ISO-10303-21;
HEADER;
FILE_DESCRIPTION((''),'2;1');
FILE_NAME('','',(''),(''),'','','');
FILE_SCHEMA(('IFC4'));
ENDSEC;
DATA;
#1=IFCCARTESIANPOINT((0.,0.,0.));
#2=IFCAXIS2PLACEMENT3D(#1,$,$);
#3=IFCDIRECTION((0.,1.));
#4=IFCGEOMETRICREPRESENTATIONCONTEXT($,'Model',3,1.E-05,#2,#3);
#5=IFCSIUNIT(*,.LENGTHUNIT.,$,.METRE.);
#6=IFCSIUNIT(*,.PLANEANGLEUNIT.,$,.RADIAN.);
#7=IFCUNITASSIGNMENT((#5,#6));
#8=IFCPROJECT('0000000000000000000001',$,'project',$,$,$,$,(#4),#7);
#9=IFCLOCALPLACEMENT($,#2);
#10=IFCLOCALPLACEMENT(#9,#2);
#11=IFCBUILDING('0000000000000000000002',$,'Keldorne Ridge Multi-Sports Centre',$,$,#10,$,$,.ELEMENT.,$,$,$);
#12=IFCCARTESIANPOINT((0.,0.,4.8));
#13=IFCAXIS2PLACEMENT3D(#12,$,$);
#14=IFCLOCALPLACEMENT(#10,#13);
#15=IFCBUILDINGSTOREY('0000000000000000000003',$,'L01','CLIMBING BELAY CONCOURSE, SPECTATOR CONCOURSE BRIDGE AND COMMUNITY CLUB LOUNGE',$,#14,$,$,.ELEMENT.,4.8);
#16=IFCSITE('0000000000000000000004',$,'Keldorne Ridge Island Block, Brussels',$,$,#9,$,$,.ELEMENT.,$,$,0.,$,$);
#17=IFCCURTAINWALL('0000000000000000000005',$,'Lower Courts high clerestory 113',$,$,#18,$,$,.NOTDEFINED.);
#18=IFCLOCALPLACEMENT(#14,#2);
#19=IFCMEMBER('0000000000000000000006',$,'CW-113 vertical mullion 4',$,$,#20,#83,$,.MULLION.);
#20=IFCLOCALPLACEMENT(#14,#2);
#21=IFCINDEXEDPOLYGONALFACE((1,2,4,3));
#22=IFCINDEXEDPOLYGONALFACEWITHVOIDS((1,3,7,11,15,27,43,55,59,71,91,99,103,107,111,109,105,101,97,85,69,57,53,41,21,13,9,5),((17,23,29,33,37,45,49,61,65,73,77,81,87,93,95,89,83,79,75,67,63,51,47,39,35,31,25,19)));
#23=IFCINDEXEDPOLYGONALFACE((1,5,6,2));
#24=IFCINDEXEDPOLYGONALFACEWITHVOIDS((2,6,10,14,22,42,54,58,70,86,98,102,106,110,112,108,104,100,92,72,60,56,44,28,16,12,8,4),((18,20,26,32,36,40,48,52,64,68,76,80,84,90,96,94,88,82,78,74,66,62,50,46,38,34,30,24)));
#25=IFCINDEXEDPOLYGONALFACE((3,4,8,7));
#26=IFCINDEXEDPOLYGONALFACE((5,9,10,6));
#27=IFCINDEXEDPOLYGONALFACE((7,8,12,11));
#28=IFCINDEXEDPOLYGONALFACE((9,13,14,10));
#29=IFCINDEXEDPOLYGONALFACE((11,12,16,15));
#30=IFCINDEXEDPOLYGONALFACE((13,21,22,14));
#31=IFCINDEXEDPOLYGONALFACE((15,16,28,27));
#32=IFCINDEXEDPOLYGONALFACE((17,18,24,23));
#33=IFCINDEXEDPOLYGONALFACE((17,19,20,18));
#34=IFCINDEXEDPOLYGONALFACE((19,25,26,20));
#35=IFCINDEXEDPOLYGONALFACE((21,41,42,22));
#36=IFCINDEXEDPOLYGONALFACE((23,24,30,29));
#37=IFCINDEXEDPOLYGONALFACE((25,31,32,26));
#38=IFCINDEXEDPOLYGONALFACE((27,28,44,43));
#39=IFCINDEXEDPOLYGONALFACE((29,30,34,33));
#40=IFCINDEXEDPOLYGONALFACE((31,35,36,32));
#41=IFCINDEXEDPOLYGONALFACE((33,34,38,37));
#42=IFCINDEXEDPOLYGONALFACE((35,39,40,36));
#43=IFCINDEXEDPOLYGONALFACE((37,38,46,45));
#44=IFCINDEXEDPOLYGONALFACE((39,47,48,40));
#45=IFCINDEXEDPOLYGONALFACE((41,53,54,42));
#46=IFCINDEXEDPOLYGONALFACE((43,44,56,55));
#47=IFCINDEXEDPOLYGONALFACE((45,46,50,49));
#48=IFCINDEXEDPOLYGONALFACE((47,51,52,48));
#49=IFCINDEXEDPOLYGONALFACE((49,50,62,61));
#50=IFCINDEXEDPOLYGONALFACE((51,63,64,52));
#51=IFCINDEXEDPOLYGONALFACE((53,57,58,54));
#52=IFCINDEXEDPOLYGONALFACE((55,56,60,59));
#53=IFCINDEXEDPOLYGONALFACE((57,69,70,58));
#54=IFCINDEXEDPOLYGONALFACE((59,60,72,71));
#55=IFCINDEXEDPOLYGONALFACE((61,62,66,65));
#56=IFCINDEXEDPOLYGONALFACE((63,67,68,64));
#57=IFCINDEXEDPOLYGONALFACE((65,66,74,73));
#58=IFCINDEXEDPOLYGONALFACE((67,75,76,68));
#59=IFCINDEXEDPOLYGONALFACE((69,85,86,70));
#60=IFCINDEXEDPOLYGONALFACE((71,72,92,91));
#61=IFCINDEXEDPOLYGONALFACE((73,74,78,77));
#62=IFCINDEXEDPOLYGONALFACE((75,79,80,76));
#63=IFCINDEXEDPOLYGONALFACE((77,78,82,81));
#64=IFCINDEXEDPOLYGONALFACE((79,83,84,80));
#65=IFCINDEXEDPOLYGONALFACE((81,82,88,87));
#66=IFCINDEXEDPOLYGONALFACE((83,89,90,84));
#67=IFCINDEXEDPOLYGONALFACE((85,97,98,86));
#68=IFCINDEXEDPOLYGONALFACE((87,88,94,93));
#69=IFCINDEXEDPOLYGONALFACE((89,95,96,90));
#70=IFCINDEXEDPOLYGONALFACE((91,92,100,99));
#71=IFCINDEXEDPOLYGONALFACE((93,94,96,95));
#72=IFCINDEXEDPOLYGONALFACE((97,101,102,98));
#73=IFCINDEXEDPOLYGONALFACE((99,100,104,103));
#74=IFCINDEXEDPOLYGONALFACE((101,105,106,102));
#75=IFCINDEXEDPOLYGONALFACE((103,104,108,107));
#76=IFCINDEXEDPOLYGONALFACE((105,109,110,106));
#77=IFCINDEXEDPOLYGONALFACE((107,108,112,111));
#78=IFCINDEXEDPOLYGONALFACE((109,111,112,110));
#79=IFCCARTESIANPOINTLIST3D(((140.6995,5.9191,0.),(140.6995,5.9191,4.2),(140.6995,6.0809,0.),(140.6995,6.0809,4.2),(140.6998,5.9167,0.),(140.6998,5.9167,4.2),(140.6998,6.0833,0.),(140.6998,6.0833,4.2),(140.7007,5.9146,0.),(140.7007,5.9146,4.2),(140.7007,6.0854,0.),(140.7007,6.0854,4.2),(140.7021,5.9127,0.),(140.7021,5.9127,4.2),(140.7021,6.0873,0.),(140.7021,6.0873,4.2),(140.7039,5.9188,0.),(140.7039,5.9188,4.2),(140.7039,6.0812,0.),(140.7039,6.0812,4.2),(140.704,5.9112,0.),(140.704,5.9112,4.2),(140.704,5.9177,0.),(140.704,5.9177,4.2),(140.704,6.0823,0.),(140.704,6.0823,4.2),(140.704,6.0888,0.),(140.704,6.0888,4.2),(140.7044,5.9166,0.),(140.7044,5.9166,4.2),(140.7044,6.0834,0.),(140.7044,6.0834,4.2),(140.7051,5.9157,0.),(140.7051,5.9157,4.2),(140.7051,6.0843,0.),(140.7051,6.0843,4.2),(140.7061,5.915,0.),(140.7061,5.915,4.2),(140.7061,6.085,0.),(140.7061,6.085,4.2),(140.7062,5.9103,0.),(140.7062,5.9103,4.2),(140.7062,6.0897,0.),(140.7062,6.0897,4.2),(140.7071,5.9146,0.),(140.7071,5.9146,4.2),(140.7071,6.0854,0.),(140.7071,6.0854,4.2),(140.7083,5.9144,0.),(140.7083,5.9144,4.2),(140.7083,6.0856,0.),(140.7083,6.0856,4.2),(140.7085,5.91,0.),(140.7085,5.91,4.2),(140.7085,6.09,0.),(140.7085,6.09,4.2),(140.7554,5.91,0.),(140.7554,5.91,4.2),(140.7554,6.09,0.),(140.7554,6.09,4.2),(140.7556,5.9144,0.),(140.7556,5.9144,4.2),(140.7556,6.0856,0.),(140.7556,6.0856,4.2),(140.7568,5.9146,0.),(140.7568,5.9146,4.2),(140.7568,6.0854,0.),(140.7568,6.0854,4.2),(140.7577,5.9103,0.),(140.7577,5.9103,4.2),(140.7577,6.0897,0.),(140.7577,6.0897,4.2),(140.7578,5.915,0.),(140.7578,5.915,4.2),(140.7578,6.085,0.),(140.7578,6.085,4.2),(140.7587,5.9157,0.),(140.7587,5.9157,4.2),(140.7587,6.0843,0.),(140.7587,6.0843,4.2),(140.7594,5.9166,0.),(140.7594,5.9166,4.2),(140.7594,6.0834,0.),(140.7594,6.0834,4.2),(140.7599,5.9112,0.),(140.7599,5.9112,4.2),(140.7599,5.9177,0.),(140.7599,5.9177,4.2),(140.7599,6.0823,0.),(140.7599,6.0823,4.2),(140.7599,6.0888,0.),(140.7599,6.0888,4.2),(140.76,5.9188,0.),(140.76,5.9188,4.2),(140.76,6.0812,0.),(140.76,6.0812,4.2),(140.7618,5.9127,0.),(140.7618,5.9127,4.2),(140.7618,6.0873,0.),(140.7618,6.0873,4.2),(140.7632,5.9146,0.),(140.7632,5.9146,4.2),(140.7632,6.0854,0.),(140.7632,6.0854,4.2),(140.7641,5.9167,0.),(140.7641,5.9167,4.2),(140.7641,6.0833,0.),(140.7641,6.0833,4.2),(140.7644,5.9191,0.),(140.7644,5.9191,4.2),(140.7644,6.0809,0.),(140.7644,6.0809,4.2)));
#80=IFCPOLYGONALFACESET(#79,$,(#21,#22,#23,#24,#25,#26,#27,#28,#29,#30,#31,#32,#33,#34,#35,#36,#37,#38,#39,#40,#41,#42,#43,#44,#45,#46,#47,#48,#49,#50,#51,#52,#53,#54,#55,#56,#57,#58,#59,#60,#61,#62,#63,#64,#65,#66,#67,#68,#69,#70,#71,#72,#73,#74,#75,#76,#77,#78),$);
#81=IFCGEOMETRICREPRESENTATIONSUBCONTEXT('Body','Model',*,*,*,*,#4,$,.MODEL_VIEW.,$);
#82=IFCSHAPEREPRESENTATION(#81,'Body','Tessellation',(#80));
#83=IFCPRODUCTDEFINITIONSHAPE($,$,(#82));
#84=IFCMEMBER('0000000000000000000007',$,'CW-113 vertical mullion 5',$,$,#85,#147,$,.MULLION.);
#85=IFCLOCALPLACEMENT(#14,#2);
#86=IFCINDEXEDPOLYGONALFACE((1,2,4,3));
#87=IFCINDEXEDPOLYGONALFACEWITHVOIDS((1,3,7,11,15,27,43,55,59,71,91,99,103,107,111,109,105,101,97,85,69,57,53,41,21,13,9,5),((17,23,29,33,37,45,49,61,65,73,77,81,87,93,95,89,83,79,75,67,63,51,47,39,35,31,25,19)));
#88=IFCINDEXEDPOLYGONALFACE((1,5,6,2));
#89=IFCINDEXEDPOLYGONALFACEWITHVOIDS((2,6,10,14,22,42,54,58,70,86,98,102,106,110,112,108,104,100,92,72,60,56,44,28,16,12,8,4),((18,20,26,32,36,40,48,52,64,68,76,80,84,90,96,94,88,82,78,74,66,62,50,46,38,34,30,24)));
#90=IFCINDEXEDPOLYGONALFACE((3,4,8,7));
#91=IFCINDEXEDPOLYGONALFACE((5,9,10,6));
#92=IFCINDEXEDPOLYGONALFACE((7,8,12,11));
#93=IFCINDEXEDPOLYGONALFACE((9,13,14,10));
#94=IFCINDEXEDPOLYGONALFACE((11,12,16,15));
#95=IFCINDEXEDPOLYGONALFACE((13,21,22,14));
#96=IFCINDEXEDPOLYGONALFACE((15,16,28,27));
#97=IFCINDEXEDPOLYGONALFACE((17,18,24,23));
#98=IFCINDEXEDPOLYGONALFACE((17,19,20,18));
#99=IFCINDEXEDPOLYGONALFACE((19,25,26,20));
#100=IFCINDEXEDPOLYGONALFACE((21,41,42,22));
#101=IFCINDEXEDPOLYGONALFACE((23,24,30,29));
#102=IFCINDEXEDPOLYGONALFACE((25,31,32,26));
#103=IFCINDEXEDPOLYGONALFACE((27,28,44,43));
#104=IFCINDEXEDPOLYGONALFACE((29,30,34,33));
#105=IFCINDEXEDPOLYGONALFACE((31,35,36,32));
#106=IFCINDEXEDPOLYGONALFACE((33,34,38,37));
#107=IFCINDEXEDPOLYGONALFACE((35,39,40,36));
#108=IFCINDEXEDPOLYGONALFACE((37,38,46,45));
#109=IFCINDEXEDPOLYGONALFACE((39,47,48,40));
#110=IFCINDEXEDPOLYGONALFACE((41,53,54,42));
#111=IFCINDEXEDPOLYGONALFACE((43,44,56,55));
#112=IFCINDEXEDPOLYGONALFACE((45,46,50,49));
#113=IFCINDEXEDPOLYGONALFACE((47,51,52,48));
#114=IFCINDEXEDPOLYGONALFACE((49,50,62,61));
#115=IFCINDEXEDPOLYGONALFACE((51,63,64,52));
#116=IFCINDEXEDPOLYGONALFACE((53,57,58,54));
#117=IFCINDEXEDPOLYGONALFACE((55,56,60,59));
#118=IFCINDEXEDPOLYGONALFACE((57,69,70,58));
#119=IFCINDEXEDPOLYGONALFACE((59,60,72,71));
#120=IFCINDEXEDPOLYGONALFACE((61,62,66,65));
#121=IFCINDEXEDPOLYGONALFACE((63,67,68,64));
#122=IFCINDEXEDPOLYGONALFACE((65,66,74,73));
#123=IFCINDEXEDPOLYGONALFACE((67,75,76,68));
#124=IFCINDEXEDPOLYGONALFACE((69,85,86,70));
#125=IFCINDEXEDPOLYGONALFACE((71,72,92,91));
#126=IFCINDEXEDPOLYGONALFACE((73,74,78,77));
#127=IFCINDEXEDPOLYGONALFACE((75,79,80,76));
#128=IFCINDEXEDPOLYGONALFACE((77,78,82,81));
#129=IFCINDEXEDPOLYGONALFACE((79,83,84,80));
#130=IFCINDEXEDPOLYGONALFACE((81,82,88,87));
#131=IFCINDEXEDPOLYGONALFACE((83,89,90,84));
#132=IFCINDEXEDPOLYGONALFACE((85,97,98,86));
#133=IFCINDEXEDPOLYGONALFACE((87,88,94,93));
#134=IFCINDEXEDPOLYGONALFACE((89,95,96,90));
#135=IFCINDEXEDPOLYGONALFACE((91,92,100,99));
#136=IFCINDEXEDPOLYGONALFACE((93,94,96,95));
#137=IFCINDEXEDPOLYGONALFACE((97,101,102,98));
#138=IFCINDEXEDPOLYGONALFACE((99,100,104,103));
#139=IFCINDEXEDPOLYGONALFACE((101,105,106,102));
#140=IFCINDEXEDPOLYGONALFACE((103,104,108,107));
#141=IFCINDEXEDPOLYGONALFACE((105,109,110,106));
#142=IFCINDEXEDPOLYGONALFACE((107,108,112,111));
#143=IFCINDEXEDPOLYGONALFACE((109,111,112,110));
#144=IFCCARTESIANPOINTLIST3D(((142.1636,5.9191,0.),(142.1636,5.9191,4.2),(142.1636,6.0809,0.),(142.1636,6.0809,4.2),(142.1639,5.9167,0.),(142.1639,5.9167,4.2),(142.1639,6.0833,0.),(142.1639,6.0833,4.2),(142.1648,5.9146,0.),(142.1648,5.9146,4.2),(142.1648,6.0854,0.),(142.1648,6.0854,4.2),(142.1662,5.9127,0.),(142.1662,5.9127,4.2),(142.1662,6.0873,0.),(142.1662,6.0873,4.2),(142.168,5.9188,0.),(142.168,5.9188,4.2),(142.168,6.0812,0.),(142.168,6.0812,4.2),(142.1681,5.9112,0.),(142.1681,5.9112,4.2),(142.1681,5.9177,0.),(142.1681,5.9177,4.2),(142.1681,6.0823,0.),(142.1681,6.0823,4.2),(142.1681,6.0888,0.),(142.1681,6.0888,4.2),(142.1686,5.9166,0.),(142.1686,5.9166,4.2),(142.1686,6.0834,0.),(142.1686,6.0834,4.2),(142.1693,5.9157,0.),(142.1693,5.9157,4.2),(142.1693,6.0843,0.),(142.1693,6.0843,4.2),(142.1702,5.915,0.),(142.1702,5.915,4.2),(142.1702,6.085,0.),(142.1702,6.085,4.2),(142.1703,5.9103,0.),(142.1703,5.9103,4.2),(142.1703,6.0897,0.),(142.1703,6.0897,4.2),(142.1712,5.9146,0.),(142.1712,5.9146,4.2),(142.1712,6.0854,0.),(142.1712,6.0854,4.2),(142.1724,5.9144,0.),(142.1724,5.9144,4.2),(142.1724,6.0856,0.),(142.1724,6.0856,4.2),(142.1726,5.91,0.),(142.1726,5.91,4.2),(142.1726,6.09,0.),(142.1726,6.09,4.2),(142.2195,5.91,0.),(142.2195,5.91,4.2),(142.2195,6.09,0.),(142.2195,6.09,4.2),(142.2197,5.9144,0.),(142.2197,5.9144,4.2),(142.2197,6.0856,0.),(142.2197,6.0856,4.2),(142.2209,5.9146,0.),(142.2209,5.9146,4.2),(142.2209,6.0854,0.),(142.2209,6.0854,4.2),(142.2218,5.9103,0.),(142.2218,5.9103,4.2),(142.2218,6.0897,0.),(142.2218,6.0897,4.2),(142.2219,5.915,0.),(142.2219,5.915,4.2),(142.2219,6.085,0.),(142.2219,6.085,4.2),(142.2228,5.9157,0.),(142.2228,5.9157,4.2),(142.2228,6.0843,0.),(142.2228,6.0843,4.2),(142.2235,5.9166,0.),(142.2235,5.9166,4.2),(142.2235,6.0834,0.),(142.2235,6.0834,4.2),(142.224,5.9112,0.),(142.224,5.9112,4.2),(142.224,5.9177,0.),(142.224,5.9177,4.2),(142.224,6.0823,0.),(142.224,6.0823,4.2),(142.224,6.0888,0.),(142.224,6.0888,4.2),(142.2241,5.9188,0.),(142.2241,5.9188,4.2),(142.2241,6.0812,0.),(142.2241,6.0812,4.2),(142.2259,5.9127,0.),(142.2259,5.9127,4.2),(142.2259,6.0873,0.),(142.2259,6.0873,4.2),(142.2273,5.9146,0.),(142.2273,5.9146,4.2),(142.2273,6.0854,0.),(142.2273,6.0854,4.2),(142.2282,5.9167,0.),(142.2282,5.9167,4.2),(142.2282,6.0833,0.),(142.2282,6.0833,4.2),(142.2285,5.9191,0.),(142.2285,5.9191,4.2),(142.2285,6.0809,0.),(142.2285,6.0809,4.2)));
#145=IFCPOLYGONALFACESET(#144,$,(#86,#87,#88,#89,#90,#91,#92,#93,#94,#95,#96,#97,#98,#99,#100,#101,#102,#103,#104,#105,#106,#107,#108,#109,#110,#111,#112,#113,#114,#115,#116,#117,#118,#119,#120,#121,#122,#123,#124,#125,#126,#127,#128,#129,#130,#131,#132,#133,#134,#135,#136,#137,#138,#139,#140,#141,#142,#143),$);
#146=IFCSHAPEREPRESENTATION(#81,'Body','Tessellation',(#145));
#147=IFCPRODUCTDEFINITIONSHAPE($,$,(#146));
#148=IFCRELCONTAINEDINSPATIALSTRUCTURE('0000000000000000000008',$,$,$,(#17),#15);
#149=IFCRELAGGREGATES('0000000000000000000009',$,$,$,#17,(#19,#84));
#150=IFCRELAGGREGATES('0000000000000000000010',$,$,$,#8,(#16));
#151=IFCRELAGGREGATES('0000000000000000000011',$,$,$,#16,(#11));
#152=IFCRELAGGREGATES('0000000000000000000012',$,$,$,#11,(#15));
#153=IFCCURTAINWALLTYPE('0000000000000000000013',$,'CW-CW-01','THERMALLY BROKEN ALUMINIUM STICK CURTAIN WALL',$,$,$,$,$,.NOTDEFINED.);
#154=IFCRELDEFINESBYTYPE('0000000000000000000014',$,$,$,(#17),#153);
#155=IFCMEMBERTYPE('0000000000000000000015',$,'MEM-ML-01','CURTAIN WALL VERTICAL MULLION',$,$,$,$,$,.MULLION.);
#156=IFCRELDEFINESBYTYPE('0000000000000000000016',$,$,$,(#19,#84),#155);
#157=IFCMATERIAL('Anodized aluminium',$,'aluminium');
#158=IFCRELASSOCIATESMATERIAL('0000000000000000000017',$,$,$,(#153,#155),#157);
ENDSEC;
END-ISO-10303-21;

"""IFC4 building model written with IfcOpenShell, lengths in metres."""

from ifc_helpers import new_model, si_unit, direction, frame, origin, origin_2d, place, context, subcontext, project, spatial, hollow_rectangle, extrude, material, material_profile, profile_set, type_object, element, aggregate, save


model = new_model("IFC4")

# Units and contexts
model_context = context("Model", 3, precision=1e-05, world=origin(), true_north=direction((0.0, 1.0)))
body_context = subcontext(model_context, "Body", "Model", "MODEL_VIEW")
ifc_project = project(units=[si_unit("LENGTHUNIT", "METRE"), si_unit("PLANEANGLEUNIT", "RADIAN")], contexts=[model_context])

# Site, building, storey
site_placement = place(None, origin())
site = spatial("IfcSite", under=ifc_project, at=site_placement, Name="Keldorne Ridge Island Block, Brussels", CompositionType="ELEMENT", RefElevation=0.0)
building_placement = place(site_placement, origin())
building = spatial("IfcBuilding", under=site, at=building_placement, Name="Keldorne Ridge Multi-Sports Centre", CompositionType="ELEMENT")
storey_placement = place(building_placement, frame((0.0, 0.0, 4.8)))
storey = spatial("IfcBuildingStorey", under=building, at=storey_placement, Name="L01", Description="CLIMBING BELAY CONCOURSE, SPECTATOR CONCOURSE BRIDGE AND COMMUNITY CLUB LOUNGE", CompositionType="ELEMENT", Elevation=4.8)

# Curtain wall, members
ifc_material_1 = material(Name="Anodized aluminium", Category="aluminium")
curtain_wall_type = type_object("IfcCurtainWallType", Name="CW-CW-01", Description="THERMALLY BROKEN ALUMINIUM STICK CURTAIN WALL", PredefinedType="NOTDEFINED", material=ifc_material_1)
curtain_wall_placement = place(storey_placement, origin())
curtain_wall = element("IfcCurtainWall", 1, at=curtain_wall_placement, inside=storey, type_object=curtain_wall_type, Name="Lower Courts high clerestory 113", PredefinedType="NOTDEFINED")
ifc_material_profile_1 = material_profile(ifc_material_1, hollow_rectangle(XDim=0.0649, YDim=0.1799, WallThickness=0.0044, InnerFilletRadius=0.0044, OuterFilletRadius=0.009, at=origin_2d()), Name="ALU MULLION 180x65x4.5")
ifc_profile_set_1 = profile_set([ifc_material_profile_1], Name="Anodized aluminium")
member_type_1 = type_object("IfcMemberType", Name="MEM-ML-01", Description="CURTAIN WALL VERTICAL MULLION", PredefinedType="MULLION", material=ifc_profile_set_1)
member_1_placement = place(storey_placement, frame((140.7319, 6.0, 0.0), z_axis=(0.0, 0.0, 1.0), x_axis=(1.0, 0.0, 0.0)))
member_1 = element("IfcMember", 2, at=member_1_placement, type_object=member_type_1, Name="CW-113 vertical mullion 4", PredefinedType="MULLION", context=body_context, shape_type="SweptSolid", body=[
    extrude(hollow_rectangle(XDim=0.0649, YDim=0.1799, WallThickness=0.0044, InnerFilletRadius=0.0044, OuterFilletRadius=0.009, at=origin_2d()), origin(), (0.0, 0.0, 1.0), 4.2),
])
member_2_placement = place(storey_placement, frame((142.196, 6.0, 0.0), z_axis=(0.0, 0.0, 1.0), x_axis=(1.0, 0.0, 0.0)))
member_2 = element("IfcMember", 3, at=member_2_placement, type_object=member_type_1, Name="CW-113 vertical mullion 5", PredefinedType="MULLION", context=body_context, shape_type="SweptSolid", body=[
    extrude(hollow_rectangle(XDim=0.0649, YDim=0.1799, WallThickness=0.0044, InnerFilletRadius=0.0044, OuterFilletRadius=0.009, at=origin_2d()), origin(), (0.0, 0.0, 1.0), 4.2),
])
aggregate(curtain_wall, [member_1, member_2])

save(model, "model.ifc")
